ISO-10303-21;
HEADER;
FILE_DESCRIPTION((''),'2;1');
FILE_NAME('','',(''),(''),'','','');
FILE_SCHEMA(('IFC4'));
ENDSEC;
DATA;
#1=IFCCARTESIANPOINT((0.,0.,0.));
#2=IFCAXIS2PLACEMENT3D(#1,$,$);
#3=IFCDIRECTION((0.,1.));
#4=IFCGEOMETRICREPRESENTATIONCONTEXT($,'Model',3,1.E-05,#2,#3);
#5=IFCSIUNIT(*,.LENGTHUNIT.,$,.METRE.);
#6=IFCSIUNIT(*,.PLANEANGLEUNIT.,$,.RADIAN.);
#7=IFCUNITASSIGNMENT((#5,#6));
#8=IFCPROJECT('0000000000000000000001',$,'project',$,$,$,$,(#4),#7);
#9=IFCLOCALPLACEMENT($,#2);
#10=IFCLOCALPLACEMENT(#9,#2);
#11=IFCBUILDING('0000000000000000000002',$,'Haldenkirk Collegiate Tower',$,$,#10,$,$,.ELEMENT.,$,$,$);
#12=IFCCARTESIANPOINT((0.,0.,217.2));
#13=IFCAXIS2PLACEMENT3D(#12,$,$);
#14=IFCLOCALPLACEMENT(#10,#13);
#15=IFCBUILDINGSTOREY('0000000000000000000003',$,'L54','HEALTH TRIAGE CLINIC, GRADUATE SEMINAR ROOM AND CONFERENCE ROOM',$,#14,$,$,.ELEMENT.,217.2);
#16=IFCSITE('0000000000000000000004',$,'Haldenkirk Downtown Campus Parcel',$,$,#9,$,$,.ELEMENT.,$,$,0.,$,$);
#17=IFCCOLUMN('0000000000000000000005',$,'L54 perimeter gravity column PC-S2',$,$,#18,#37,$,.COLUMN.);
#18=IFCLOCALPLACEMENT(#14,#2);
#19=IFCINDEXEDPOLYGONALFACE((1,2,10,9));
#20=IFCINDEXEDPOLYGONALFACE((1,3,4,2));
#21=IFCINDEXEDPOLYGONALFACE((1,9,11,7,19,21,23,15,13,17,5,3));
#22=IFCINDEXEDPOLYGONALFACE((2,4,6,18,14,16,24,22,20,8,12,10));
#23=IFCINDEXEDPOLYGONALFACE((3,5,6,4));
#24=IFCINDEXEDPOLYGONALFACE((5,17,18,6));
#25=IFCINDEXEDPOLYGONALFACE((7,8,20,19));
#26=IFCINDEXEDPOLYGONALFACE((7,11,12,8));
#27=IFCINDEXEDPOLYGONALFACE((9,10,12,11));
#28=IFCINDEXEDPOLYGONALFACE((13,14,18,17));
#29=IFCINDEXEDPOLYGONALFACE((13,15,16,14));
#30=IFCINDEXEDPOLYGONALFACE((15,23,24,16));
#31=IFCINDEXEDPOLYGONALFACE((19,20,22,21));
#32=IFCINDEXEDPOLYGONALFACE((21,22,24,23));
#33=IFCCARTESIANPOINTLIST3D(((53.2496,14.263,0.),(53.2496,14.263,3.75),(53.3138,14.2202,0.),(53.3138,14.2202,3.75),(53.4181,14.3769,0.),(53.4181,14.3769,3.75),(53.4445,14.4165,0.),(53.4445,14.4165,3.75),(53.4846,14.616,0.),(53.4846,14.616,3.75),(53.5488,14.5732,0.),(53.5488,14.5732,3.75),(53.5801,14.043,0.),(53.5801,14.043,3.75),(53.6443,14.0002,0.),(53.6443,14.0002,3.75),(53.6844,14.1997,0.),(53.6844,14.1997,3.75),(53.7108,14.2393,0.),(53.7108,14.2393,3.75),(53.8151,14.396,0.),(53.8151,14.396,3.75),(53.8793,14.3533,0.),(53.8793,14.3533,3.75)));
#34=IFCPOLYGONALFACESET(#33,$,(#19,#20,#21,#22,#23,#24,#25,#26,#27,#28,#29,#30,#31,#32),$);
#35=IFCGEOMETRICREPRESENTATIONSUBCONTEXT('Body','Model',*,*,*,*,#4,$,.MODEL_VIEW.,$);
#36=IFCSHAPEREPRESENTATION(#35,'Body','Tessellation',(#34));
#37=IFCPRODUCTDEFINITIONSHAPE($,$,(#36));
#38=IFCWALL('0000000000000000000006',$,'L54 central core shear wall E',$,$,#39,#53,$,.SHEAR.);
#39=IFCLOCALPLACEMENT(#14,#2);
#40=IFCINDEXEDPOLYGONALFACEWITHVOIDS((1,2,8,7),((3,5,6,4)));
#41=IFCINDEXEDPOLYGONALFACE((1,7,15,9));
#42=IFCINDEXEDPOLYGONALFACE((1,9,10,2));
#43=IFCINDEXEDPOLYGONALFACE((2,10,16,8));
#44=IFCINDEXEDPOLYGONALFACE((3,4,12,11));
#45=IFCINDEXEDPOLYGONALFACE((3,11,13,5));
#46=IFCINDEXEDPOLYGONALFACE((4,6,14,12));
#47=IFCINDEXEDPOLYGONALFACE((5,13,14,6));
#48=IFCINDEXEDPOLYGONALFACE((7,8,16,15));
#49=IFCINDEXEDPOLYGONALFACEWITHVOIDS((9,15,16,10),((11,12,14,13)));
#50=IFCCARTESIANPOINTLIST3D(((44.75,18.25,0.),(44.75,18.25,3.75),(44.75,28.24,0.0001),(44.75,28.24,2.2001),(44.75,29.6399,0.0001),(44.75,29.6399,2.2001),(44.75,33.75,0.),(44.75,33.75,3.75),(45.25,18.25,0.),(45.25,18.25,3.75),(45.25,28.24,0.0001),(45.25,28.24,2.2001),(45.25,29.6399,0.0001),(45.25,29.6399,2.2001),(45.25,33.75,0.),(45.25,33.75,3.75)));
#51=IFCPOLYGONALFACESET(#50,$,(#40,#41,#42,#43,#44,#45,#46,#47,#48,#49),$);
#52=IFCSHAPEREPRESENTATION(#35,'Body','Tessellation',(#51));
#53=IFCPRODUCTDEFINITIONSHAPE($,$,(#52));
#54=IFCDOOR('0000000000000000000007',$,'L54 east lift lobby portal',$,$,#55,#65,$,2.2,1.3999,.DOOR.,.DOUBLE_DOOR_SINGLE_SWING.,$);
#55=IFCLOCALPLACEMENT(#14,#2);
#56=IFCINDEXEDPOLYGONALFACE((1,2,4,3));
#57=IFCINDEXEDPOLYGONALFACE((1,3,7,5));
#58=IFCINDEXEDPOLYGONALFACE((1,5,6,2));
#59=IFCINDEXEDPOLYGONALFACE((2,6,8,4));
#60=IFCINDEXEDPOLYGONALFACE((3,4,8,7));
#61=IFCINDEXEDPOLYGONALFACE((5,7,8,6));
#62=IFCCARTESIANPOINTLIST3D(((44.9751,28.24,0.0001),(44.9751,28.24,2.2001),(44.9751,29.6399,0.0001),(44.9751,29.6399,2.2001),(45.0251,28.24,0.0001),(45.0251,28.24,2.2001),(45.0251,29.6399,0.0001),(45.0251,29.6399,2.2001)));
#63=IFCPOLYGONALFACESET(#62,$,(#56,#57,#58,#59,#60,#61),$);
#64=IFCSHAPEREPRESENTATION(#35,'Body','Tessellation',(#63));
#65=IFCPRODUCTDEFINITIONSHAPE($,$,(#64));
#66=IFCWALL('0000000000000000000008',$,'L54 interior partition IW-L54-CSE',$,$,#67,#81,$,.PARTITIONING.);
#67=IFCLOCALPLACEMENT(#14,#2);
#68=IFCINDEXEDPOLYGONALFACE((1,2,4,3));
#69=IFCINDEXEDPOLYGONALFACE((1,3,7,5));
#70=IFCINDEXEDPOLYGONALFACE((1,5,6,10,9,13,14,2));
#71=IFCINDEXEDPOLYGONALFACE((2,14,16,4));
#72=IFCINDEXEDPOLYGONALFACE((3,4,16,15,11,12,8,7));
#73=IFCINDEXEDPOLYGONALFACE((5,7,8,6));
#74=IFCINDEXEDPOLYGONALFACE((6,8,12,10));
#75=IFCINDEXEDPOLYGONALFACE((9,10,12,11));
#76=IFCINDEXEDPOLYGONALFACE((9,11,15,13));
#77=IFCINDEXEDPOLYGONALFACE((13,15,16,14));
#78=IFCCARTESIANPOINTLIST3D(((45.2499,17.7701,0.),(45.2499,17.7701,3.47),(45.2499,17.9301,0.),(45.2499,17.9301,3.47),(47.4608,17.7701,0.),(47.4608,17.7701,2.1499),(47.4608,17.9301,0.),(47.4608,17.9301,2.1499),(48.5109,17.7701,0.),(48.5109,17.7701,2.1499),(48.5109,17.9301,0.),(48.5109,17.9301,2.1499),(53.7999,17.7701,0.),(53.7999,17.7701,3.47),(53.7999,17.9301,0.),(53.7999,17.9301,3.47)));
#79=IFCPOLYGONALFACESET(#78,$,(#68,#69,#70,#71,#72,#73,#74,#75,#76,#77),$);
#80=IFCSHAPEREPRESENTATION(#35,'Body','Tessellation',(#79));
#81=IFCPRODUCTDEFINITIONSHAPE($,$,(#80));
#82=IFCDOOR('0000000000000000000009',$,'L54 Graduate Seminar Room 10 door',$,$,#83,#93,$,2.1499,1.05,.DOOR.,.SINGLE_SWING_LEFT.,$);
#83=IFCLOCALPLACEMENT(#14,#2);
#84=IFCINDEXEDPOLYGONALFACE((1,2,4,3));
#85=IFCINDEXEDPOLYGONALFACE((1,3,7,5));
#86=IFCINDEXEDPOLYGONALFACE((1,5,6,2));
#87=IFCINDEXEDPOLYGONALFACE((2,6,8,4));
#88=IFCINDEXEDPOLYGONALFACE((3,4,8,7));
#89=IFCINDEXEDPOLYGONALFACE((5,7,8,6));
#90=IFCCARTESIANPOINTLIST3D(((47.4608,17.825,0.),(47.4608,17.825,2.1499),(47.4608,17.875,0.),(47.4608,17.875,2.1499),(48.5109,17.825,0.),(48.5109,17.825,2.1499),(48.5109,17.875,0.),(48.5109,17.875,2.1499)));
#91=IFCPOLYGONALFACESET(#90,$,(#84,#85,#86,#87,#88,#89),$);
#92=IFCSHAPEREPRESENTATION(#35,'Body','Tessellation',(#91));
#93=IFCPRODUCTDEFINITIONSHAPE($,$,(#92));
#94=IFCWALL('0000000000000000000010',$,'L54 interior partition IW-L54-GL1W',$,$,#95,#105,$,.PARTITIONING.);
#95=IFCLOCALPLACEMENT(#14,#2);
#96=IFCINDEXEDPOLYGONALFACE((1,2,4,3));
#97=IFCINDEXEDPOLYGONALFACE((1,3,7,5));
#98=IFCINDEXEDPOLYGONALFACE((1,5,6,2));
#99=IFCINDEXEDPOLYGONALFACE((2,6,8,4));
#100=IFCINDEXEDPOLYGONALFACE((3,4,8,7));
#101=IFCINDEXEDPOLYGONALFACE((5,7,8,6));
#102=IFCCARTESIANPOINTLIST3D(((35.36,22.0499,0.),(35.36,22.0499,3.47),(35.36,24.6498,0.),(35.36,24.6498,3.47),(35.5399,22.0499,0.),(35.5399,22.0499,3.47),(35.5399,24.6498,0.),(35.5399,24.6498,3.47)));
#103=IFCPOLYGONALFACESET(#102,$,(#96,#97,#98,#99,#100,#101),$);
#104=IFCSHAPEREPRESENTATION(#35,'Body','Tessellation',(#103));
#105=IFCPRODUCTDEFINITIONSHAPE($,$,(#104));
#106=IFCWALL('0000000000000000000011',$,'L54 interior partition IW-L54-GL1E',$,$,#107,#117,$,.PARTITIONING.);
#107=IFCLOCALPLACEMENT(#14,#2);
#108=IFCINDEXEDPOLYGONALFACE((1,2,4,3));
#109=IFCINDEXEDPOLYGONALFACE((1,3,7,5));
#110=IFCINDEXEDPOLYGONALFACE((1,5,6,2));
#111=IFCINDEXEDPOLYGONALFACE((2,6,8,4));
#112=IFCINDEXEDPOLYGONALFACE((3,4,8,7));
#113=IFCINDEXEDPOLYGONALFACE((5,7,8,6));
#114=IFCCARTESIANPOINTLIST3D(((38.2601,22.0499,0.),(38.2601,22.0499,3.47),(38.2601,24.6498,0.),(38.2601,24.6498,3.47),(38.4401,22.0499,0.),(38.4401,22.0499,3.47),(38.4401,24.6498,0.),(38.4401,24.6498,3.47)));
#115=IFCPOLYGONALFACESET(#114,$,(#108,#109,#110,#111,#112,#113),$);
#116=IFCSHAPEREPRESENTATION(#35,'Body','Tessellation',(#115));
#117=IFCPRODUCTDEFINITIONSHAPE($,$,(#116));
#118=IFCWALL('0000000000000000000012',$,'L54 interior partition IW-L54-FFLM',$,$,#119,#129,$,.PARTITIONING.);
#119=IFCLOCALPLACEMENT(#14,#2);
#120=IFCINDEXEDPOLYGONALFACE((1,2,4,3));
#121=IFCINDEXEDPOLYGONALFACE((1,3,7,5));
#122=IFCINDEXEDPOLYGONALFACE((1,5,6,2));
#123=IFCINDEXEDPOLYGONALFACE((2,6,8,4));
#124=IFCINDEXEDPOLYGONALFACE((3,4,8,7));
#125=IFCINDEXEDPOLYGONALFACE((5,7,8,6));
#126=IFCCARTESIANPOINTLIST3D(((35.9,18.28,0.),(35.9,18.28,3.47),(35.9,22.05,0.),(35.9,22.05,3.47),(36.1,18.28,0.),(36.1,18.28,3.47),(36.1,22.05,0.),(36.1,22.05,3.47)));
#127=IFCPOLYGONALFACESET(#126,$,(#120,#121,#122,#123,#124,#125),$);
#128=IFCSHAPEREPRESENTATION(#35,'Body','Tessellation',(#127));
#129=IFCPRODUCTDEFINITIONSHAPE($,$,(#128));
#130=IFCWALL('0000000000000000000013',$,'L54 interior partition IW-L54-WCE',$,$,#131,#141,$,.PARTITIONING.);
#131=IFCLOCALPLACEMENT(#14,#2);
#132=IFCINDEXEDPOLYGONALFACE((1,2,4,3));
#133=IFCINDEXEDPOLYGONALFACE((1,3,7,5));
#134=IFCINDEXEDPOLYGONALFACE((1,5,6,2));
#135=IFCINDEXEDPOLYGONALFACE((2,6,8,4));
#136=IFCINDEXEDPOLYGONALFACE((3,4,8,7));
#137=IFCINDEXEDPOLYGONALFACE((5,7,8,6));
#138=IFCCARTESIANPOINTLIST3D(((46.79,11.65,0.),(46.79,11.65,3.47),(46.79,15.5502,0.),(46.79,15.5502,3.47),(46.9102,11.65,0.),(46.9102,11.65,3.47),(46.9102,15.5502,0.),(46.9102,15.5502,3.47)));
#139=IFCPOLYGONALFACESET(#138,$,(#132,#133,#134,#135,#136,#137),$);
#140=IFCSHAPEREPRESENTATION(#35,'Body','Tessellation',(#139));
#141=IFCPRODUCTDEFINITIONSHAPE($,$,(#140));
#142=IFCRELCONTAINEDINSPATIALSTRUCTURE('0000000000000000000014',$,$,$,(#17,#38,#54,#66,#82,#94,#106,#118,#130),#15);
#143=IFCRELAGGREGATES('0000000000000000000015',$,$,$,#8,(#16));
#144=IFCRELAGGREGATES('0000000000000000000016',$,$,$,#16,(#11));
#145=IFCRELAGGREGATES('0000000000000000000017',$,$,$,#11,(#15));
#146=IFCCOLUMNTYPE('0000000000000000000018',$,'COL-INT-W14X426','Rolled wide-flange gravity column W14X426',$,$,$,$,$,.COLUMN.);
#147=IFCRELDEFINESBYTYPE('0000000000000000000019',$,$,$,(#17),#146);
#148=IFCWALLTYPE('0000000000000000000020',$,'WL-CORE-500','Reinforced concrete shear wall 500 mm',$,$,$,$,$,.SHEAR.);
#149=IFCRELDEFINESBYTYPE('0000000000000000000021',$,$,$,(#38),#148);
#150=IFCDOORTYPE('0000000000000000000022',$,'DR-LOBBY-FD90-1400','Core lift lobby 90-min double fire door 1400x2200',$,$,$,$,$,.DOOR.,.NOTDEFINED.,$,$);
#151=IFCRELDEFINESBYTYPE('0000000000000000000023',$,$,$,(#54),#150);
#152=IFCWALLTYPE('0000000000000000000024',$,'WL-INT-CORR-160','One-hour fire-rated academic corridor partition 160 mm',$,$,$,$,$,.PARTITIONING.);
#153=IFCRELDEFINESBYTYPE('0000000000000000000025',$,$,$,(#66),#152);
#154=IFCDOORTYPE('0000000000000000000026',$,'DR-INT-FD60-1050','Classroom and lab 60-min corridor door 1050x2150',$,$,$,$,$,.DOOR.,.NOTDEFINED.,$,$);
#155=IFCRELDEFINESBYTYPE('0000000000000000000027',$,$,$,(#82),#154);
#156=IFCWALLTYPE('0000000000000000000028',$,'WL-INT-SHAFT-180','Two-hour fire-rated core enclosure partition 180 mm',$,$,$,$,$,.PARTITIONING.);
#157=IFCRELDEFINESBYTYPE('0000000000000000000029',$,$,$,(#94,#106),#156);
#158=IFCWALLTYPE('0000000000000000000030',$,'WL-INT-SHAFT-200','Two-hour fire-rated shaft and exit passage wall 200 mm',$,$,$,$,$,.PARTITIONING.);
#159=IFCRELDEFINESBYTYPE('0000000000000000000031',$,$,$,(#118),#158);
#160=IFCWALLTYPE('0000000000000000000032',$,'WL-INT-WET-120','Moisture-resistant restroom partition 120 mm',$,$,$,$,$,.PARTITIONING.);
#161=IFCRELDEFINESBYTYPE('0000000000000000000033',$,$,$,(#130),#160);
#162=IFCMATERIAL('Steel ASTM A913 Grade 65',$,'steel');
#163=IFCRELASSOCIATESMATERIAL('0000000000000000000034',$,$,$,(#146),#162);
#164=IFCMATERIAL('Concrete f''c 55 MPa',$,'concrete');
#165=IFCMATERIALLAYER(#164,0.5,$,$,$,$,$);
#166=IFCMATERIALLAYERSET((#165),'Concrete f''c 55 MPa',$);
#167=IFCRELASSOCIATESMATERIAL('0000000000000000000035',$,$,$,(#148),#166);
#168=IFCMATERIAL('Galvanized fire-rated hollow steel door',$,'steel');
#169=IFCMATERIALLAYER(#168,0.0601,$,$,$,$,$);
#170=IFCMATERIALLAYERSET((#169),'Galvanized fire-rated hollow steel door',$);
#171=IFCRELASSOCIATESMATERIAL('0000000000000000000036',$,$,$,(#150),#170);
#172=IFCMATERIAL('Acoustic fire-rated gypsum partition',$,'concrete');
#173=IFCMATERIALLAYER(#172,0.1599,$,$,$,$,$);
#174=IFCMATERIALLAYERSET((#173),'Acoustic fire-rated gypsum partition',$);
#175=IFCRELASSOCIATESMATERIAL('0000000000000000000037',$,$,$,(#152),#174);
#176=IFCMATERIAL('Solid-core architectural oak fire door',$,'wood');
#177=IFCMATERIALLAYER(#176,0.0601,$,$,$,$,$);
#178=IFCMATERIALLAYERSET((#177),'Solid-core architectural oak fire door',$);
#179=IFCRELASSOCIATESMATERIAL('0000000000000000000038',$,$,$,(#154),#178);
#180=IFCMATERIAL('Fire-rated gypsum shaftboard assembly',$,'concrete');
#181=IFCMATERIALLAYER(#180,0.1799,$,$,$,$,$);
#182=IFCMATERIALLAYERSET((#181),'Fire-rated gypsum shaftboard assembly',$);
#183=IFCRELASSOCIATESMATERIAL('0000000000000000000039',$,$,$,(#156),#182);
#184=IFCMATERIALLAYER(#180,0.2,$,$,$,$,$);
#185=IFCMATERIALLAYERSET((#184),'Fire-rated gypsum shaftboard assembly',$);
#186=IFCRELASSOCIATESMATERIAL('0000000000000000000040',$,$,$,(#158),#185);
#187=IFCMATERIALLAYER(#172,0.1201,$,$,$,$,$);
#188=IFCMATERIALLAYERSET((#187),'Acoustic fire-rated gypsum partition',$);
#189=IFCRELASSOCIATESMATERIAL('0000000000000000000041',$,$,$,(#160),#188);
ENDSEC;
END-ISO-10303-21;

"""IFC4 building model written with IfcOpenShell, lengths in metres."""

from ifc_helpers import new_model, si_unit, direction, frame, frame_2d, origin, origin_2d, place, context, subcontext, project, spatial, rectangle, i_section, extrude, material, layer, layer_set, material_profile, profile_set, type_object, element, fill, save


model = new_model("IFC4")

# Units and contexts
model_context = context("Model", 3, precision=1e-05, world=origin(), true_north=direction((0.0, 1.0)))
body_context = subcontext(model_context, "Body", "Model", "MODEL_VIEW")
ifc_project = project(units=[si_unit("LENGTHUNIT", "METRE"), si_unit("PLANEANGLEUNIT", "RADIAN")], contexts=[model_context])

# Site, building, storey
site_placement = place(None, origin())
site = spatial("IfcSite", under=ifc_project, at=site_placement, Name="Haldenkirk Downtown Campus Parcel", CompositionType="ELEMENT", RefElevation=0.0)
building_placement = place(site_placement, origin())
building = spatial("IfcBuilding", under=site, at=building_placement, Name="Haldenkirk Collegiate Tower", CompositionType="ELEMENT")
storey_placement = place(building_placement, frame((0.0, 0.0, 217.2)))
storey = spatial("IfcBuildingStorey", under=building, at=storey_placement, Name="L54", Description="HEALTH TRIAGE CLINIC, GRADUATE SEMINAR ROOM AND CONFERENCE ROOM", CompositionType="ELEMENT", Elevation=217.2)

# Column
ifc_material_1 = material(Name="Steel ASTM A913 Grade 65", Category="steel")
ifc_material_profile = material_profile(ifc_material_1, i_section(OverallWidth=0.4241, OverallDepth=0.4741, WebThickness=0.0476, FlangeThickness=0.0771, at=origin_2d()), Name="W14X426")
ifc_profile_set = profile_set([ifc_material_profile], Name="Steel ASTM A913 Grade 65")
column_type = type_object("IfcColumnType", Name="COL-INT-W14X426", Description="Rolled wide-flange gravity column W14X426", PredefinedType="COLUMN", material=ifc_profile_set)
column_placement = place(storey_placement, frame((53.5645, 14.3081, 0.0), z_axis=(0.0, 0.0, 1.0), x_axis=(0.554118, 0.832438, 0.0)))
element("IfcColumn", 1, at=column_placement, inside=storey, type_object=column_type, Name="L54 perimeter gravity column PC-S2", PredefinedType="COLUMN", context=body_context, shape_type="SweptSolid", body=[
    extrude(i_section(OverallWidth=0.4241, OverallDepth=0.4741, WebThickness=0.0476, FlangeThickness=0.0771, at=origin_2d()), origin(), (0.0, 0.0, 1.0), 3.75),
])

# Walls, openings, doors
ifc_material_2 = material(Name="Concrete f'c 55 MPa", Category="concrete")
ifc_layer_1 = layer(ifc_material_2, 0.5)
ifc_layer_set_1 = layer_set([ifc_layer_1], Name="Concrete f'c 55 MPa")
wall_type_1 = type_object("IfcWallType", Name="WL-CORE-500", Description="Reinforced concrete shear wall 500 mm", PredefinedType="SHEAR", material=ifc_layer_set_1)
wall_1_placement = place(storey_placement, frame((45.0, 18.25, 0.0), z_axis=(0.0, 0.0, 1.0), x_axis=(0.0, 1.0, 0.0)))
wall_1 = element("IfcWall", 2, at=wall_1_placement, inside=storey, type_object=wall_type_1, Name="L54 central core shear wall E", PredefinedType="SHEAR", context=body_context, shape_type="SweptSolid", body=[
    extrude(rectangle(XDim=15.5, YDim=0.5, at=frame_2d((7.75, 0.0))), origin(), (0.0, 0.0, 1.0), 3.75),
])
opening_1_placement = place(wall_1_placement, frame((9.99, 0.0, 0.0)))
opening_1 = element("IfcOpeningElement", 3, at=opening_1_placement, cuts=wall_1, PredefinedType="OPENING", context=body_context, shape_type="SweptSolid", body=[
    extrude(rectangle(XDim=1.3999, YDim=2.2, at=frame_2d((0.7, 1.1001))), frame((0.0, 0.26, 0.0), z_axis=(0.0, -1.0, 0.0), x_axis=(1.0, 0.0, 0.0)), (0.0, 0.0, 1.0), 0.52),
])
ifc_material_3 = material(Name="Galvanized fire-rated hollow steel door", Category="steel")
ifc_layer_2 = layer(ifc_material_3, 0.0601)
ifc_layer_set_2 = layer_set([ifc_layer_2], Name="Galvanized fire-rated hollow steel door")
door_type_1 = type_object("IfcDoorType", Name="DR-LOBBY-FD90-1400", Description="Core lift lobby 90-min double fire door 1400x2200", OperationType="NOTDEFINED", PredefinedType="DOOR", material=ifc_layer_set_2)
door_1_placement = place(opening_1_placement, origin())
door_1 = element("IfcDoor", 4, at=door_1_placement, inside=storey, type_object=door_type_1, Name="L54 east lift lobby portal", OperationType="DOUBLE_DOOR_SINGLE_SWING", OverallHeight=2.2, OverallWidth=1.3999, PredefinedType="DOOR", context=body_context, shape_type="SweptSolid", body=[
    extrude(rectangle(XDim=1.3999, YDim=2.2, at=frame_2d((0.7, 1.1001))), frame((0.0, 0.0249, 0.0), z_axis=(0.0, -1.0, 0.0), x_axis=(1.0, 0.0, 0.0)), (0.0, 0.0, 1.0), 0.05),
])
fill(opening_1, door_1)
ifc_material_4 = material(Name="Acoustic fire-rated gypsum partition", Category="concrete")
ifc_layer_3 = layer(ifc_material_4, 0.1599)
ifc_layer_set_3 = layer_set([ifc_layer_3], Name="Acoustic fire-rated gypsum partition")
wall_type_2 = type_object("IfcWallType", Name="WL-INT-CORR-160", Description="One-hour fire-rated academic corridor partition 160 mm", PredefinedType="PARTITIONING", material=ifc_layer_set_3)
wall_2_placement = place(storey_placement, frame((45.25, 17.8501, 0.0), z_axis=(0.0, 0.0, 1.0), x_axis=(1.0, 0.0, 0.0)))
wall_2 = element("IfcWall", 5, at=wall_2_placement, inside=storey, type_object=wall_type_2, Name="L54 interior partition IW-L54-CSE", PredefinedType="PARTITIONING", context=body_context, shape_type="SweptSolid", body=[
    extrude(rectangle(XDim=8.55, YDim=0.1599, at=frame_2d((4.2749, 0.0))), origin(), (0.0, 0.0, 1.0), 3.47),
])
opening_2_placement = place(wall_2_placement, frame((2.2109, 0.0, 0.0)))
opening_2 = element("IfcOpeningElement", 6, at=opening_2_placement, cuts=wall_2, PredefinedType="OPENING", context=body_context, shape_type="SweptSolid", body=[
    extrude(rectangle(XDim=1.05, YDim=2.1499, at=frame_2d((0.5249, 1.075))), frame((0.0, 0.0898, 0.0), z_axis=(0.0, -1.0, 0.0), x_axis=(1.0, 0.0, 0.0)), (0.0, 0.0, 1.0), 0.1799),
])
ifc_material_5 = material(Name="Solid-core architectural oak fire door", Category="wood")
ifc_layer_4 = layer(ifc_material_5, 0.0601)
ifc_layer_set_4 = layer_set([ifc_layer_4], Name="Solid-core architectural oak fire door")
door_type_2 = type_object("IfcDoorType", Name="DR-INT-FD60-1050", Description="Classroom and lab 60-min corridor door 1050x2150", OperationType="NOTDEFINED", PredefinedType="DOOR", material=ifc_layer_set_4)
door_2_placement = place(opening_2_placement, origin())
door_2 = element("IfcDoor", 7, at=door_2_placement, inside=storey, type_object=door_type_2, Name="L54 Graduate Seminar Room 10 door", OperationType="SINGLE_SWING_LEFT", OverallHeight=2.1499, OverallWidth=1.05, PredefinedType="DOOR", context=body_context, shape_type="SweptSolid", body=[
    extrude(rectangle(XDim=1.05, YDim=2.1499, at=frame_2d((0.5249, 1.075))), frame((0.0, 0.0249, 0.0), z_axis=(0.0, -1.0, 0.0), x_axis=(1.0, 0.0, 0.0)), (0.0, 0.0, 1.0), 0.05),
])
fill(opening_2, door_2)

# Walls
ifc_material_6 = material(Name="Fire-rated gypsum shaftboard assembly", Category="concrete")
ifc_layer_5 = layer(ifc_material_6, 0.1799)
ifc_layer_set_5 = layer_set([ifc_layer_5], Name="Fire-rated gypsum shaftboard assembly")
wall_type_3 = type_object("IfcWallType", Name="WL-INT-SHAFT-180", Description="Two-hour fire-rated core enclosure partition 180 mm", PredefinedType="PARTITIONING", material=ifc_layer_set_5)
for number, where, z_axis, x_axis, name in (
    (8, (35.45, 22.05, 0.0), (0.0, 0.0, 1.0), (0.0, 1.0, 0.0), "L54 interior partition IW-L54-GL1W"),
    (9, (38.3501, 22.05, 0.0), (0.0, 0.0, 1.0), (0.0, 1.0, 0.0), "L54 interior partition IW-L54-GL1E"),
):
    element("IfcWall", number, at=place(storey_placement, frame(where, z_axis=z_axis, x_axis=x_axis)), inside=storey, type_object=wall_type_3, Name=name, PredefinedType="PARTITIONING", context=body_context, shape_type="SweptSolid", body=[
        extrude(rectangle(XDim=2.5999, YDim=0.1799, at=frame_2d((1.2998, 0.0))), origin(), (0.0, 0.0, 1.0), 3.47),
    ])
ifc_layer_6 = layer(ifc_material_6, 0.2)
ifc_layer_set_6 = layer_set([ifc_layer_6], Name="Fire-rated gypsum shaftboard assembly")
wall_type_4 = type_object("IfcWallType", Name="WL-INT-SHAFT-200", Description="Two-hour fire-rated shaft and exit passage wall 200 mm", PredefinedType="PARTITIONING", material=ifc_layer_set_6)
wall_3_placement = place(storey_placement, frame((36.0, 18.28, 0.0), z_axis=(0.0, 0.0, 1.0), x_axis=(0.0, 1.0, 0.0)))
element("IfcWall", 10, at=wall_3_placement, inside=storey, type_object=wall_type_4, Name="L54 interior partition IW-L54-FFLM", PredefinedType="PARTITIONING", context=body_context, shape_type="SweptSolid", body=[
    extrude(rectangle(XDim=3.77, YDim=0.2, at=frame_2d((1.885, 0.0))), origin(), (0.0, 0.0, 1.0), 3.47),
])

# Wall
ifc_layer_7 = layer(ifc_material_4, 0.1201)
ifc_layer_set_7 = layer_set([ifc_layer_7], Name="Acoustic fire-rated gypsum partition")
wall_type_5 = type_object("IfcWallType", Name="WL-INT-WET-120", Description="Moisture-resistant restroom partition 120 mm", PredefinedType="PARTITIONING", material=ifc_layer_set_7)
wall_4_placement = place(storey_placement, frame((46.8501, 11.6499, 0.0), z_axis=(0.0, 0.0, 1.0), x_axis=(0.0, 1.0, 0.0)))
element("IfcWall", 11, at=wall_4_placement, inside=storey, type_object=wall_type_5, Name="L54 interior partition IW-L54-WCE", PredefinedType="PARTITIONING", context=body_context, shape_type="SweptSolid", body=[
    extrude(rectangle(XDim=3.9001, YDim=0.1201, at=frame_2d((1.9502, 0.0))), origin(), (0.0, 0.0, 1.0), 3.47),
])

save(model, "model.ifc")
